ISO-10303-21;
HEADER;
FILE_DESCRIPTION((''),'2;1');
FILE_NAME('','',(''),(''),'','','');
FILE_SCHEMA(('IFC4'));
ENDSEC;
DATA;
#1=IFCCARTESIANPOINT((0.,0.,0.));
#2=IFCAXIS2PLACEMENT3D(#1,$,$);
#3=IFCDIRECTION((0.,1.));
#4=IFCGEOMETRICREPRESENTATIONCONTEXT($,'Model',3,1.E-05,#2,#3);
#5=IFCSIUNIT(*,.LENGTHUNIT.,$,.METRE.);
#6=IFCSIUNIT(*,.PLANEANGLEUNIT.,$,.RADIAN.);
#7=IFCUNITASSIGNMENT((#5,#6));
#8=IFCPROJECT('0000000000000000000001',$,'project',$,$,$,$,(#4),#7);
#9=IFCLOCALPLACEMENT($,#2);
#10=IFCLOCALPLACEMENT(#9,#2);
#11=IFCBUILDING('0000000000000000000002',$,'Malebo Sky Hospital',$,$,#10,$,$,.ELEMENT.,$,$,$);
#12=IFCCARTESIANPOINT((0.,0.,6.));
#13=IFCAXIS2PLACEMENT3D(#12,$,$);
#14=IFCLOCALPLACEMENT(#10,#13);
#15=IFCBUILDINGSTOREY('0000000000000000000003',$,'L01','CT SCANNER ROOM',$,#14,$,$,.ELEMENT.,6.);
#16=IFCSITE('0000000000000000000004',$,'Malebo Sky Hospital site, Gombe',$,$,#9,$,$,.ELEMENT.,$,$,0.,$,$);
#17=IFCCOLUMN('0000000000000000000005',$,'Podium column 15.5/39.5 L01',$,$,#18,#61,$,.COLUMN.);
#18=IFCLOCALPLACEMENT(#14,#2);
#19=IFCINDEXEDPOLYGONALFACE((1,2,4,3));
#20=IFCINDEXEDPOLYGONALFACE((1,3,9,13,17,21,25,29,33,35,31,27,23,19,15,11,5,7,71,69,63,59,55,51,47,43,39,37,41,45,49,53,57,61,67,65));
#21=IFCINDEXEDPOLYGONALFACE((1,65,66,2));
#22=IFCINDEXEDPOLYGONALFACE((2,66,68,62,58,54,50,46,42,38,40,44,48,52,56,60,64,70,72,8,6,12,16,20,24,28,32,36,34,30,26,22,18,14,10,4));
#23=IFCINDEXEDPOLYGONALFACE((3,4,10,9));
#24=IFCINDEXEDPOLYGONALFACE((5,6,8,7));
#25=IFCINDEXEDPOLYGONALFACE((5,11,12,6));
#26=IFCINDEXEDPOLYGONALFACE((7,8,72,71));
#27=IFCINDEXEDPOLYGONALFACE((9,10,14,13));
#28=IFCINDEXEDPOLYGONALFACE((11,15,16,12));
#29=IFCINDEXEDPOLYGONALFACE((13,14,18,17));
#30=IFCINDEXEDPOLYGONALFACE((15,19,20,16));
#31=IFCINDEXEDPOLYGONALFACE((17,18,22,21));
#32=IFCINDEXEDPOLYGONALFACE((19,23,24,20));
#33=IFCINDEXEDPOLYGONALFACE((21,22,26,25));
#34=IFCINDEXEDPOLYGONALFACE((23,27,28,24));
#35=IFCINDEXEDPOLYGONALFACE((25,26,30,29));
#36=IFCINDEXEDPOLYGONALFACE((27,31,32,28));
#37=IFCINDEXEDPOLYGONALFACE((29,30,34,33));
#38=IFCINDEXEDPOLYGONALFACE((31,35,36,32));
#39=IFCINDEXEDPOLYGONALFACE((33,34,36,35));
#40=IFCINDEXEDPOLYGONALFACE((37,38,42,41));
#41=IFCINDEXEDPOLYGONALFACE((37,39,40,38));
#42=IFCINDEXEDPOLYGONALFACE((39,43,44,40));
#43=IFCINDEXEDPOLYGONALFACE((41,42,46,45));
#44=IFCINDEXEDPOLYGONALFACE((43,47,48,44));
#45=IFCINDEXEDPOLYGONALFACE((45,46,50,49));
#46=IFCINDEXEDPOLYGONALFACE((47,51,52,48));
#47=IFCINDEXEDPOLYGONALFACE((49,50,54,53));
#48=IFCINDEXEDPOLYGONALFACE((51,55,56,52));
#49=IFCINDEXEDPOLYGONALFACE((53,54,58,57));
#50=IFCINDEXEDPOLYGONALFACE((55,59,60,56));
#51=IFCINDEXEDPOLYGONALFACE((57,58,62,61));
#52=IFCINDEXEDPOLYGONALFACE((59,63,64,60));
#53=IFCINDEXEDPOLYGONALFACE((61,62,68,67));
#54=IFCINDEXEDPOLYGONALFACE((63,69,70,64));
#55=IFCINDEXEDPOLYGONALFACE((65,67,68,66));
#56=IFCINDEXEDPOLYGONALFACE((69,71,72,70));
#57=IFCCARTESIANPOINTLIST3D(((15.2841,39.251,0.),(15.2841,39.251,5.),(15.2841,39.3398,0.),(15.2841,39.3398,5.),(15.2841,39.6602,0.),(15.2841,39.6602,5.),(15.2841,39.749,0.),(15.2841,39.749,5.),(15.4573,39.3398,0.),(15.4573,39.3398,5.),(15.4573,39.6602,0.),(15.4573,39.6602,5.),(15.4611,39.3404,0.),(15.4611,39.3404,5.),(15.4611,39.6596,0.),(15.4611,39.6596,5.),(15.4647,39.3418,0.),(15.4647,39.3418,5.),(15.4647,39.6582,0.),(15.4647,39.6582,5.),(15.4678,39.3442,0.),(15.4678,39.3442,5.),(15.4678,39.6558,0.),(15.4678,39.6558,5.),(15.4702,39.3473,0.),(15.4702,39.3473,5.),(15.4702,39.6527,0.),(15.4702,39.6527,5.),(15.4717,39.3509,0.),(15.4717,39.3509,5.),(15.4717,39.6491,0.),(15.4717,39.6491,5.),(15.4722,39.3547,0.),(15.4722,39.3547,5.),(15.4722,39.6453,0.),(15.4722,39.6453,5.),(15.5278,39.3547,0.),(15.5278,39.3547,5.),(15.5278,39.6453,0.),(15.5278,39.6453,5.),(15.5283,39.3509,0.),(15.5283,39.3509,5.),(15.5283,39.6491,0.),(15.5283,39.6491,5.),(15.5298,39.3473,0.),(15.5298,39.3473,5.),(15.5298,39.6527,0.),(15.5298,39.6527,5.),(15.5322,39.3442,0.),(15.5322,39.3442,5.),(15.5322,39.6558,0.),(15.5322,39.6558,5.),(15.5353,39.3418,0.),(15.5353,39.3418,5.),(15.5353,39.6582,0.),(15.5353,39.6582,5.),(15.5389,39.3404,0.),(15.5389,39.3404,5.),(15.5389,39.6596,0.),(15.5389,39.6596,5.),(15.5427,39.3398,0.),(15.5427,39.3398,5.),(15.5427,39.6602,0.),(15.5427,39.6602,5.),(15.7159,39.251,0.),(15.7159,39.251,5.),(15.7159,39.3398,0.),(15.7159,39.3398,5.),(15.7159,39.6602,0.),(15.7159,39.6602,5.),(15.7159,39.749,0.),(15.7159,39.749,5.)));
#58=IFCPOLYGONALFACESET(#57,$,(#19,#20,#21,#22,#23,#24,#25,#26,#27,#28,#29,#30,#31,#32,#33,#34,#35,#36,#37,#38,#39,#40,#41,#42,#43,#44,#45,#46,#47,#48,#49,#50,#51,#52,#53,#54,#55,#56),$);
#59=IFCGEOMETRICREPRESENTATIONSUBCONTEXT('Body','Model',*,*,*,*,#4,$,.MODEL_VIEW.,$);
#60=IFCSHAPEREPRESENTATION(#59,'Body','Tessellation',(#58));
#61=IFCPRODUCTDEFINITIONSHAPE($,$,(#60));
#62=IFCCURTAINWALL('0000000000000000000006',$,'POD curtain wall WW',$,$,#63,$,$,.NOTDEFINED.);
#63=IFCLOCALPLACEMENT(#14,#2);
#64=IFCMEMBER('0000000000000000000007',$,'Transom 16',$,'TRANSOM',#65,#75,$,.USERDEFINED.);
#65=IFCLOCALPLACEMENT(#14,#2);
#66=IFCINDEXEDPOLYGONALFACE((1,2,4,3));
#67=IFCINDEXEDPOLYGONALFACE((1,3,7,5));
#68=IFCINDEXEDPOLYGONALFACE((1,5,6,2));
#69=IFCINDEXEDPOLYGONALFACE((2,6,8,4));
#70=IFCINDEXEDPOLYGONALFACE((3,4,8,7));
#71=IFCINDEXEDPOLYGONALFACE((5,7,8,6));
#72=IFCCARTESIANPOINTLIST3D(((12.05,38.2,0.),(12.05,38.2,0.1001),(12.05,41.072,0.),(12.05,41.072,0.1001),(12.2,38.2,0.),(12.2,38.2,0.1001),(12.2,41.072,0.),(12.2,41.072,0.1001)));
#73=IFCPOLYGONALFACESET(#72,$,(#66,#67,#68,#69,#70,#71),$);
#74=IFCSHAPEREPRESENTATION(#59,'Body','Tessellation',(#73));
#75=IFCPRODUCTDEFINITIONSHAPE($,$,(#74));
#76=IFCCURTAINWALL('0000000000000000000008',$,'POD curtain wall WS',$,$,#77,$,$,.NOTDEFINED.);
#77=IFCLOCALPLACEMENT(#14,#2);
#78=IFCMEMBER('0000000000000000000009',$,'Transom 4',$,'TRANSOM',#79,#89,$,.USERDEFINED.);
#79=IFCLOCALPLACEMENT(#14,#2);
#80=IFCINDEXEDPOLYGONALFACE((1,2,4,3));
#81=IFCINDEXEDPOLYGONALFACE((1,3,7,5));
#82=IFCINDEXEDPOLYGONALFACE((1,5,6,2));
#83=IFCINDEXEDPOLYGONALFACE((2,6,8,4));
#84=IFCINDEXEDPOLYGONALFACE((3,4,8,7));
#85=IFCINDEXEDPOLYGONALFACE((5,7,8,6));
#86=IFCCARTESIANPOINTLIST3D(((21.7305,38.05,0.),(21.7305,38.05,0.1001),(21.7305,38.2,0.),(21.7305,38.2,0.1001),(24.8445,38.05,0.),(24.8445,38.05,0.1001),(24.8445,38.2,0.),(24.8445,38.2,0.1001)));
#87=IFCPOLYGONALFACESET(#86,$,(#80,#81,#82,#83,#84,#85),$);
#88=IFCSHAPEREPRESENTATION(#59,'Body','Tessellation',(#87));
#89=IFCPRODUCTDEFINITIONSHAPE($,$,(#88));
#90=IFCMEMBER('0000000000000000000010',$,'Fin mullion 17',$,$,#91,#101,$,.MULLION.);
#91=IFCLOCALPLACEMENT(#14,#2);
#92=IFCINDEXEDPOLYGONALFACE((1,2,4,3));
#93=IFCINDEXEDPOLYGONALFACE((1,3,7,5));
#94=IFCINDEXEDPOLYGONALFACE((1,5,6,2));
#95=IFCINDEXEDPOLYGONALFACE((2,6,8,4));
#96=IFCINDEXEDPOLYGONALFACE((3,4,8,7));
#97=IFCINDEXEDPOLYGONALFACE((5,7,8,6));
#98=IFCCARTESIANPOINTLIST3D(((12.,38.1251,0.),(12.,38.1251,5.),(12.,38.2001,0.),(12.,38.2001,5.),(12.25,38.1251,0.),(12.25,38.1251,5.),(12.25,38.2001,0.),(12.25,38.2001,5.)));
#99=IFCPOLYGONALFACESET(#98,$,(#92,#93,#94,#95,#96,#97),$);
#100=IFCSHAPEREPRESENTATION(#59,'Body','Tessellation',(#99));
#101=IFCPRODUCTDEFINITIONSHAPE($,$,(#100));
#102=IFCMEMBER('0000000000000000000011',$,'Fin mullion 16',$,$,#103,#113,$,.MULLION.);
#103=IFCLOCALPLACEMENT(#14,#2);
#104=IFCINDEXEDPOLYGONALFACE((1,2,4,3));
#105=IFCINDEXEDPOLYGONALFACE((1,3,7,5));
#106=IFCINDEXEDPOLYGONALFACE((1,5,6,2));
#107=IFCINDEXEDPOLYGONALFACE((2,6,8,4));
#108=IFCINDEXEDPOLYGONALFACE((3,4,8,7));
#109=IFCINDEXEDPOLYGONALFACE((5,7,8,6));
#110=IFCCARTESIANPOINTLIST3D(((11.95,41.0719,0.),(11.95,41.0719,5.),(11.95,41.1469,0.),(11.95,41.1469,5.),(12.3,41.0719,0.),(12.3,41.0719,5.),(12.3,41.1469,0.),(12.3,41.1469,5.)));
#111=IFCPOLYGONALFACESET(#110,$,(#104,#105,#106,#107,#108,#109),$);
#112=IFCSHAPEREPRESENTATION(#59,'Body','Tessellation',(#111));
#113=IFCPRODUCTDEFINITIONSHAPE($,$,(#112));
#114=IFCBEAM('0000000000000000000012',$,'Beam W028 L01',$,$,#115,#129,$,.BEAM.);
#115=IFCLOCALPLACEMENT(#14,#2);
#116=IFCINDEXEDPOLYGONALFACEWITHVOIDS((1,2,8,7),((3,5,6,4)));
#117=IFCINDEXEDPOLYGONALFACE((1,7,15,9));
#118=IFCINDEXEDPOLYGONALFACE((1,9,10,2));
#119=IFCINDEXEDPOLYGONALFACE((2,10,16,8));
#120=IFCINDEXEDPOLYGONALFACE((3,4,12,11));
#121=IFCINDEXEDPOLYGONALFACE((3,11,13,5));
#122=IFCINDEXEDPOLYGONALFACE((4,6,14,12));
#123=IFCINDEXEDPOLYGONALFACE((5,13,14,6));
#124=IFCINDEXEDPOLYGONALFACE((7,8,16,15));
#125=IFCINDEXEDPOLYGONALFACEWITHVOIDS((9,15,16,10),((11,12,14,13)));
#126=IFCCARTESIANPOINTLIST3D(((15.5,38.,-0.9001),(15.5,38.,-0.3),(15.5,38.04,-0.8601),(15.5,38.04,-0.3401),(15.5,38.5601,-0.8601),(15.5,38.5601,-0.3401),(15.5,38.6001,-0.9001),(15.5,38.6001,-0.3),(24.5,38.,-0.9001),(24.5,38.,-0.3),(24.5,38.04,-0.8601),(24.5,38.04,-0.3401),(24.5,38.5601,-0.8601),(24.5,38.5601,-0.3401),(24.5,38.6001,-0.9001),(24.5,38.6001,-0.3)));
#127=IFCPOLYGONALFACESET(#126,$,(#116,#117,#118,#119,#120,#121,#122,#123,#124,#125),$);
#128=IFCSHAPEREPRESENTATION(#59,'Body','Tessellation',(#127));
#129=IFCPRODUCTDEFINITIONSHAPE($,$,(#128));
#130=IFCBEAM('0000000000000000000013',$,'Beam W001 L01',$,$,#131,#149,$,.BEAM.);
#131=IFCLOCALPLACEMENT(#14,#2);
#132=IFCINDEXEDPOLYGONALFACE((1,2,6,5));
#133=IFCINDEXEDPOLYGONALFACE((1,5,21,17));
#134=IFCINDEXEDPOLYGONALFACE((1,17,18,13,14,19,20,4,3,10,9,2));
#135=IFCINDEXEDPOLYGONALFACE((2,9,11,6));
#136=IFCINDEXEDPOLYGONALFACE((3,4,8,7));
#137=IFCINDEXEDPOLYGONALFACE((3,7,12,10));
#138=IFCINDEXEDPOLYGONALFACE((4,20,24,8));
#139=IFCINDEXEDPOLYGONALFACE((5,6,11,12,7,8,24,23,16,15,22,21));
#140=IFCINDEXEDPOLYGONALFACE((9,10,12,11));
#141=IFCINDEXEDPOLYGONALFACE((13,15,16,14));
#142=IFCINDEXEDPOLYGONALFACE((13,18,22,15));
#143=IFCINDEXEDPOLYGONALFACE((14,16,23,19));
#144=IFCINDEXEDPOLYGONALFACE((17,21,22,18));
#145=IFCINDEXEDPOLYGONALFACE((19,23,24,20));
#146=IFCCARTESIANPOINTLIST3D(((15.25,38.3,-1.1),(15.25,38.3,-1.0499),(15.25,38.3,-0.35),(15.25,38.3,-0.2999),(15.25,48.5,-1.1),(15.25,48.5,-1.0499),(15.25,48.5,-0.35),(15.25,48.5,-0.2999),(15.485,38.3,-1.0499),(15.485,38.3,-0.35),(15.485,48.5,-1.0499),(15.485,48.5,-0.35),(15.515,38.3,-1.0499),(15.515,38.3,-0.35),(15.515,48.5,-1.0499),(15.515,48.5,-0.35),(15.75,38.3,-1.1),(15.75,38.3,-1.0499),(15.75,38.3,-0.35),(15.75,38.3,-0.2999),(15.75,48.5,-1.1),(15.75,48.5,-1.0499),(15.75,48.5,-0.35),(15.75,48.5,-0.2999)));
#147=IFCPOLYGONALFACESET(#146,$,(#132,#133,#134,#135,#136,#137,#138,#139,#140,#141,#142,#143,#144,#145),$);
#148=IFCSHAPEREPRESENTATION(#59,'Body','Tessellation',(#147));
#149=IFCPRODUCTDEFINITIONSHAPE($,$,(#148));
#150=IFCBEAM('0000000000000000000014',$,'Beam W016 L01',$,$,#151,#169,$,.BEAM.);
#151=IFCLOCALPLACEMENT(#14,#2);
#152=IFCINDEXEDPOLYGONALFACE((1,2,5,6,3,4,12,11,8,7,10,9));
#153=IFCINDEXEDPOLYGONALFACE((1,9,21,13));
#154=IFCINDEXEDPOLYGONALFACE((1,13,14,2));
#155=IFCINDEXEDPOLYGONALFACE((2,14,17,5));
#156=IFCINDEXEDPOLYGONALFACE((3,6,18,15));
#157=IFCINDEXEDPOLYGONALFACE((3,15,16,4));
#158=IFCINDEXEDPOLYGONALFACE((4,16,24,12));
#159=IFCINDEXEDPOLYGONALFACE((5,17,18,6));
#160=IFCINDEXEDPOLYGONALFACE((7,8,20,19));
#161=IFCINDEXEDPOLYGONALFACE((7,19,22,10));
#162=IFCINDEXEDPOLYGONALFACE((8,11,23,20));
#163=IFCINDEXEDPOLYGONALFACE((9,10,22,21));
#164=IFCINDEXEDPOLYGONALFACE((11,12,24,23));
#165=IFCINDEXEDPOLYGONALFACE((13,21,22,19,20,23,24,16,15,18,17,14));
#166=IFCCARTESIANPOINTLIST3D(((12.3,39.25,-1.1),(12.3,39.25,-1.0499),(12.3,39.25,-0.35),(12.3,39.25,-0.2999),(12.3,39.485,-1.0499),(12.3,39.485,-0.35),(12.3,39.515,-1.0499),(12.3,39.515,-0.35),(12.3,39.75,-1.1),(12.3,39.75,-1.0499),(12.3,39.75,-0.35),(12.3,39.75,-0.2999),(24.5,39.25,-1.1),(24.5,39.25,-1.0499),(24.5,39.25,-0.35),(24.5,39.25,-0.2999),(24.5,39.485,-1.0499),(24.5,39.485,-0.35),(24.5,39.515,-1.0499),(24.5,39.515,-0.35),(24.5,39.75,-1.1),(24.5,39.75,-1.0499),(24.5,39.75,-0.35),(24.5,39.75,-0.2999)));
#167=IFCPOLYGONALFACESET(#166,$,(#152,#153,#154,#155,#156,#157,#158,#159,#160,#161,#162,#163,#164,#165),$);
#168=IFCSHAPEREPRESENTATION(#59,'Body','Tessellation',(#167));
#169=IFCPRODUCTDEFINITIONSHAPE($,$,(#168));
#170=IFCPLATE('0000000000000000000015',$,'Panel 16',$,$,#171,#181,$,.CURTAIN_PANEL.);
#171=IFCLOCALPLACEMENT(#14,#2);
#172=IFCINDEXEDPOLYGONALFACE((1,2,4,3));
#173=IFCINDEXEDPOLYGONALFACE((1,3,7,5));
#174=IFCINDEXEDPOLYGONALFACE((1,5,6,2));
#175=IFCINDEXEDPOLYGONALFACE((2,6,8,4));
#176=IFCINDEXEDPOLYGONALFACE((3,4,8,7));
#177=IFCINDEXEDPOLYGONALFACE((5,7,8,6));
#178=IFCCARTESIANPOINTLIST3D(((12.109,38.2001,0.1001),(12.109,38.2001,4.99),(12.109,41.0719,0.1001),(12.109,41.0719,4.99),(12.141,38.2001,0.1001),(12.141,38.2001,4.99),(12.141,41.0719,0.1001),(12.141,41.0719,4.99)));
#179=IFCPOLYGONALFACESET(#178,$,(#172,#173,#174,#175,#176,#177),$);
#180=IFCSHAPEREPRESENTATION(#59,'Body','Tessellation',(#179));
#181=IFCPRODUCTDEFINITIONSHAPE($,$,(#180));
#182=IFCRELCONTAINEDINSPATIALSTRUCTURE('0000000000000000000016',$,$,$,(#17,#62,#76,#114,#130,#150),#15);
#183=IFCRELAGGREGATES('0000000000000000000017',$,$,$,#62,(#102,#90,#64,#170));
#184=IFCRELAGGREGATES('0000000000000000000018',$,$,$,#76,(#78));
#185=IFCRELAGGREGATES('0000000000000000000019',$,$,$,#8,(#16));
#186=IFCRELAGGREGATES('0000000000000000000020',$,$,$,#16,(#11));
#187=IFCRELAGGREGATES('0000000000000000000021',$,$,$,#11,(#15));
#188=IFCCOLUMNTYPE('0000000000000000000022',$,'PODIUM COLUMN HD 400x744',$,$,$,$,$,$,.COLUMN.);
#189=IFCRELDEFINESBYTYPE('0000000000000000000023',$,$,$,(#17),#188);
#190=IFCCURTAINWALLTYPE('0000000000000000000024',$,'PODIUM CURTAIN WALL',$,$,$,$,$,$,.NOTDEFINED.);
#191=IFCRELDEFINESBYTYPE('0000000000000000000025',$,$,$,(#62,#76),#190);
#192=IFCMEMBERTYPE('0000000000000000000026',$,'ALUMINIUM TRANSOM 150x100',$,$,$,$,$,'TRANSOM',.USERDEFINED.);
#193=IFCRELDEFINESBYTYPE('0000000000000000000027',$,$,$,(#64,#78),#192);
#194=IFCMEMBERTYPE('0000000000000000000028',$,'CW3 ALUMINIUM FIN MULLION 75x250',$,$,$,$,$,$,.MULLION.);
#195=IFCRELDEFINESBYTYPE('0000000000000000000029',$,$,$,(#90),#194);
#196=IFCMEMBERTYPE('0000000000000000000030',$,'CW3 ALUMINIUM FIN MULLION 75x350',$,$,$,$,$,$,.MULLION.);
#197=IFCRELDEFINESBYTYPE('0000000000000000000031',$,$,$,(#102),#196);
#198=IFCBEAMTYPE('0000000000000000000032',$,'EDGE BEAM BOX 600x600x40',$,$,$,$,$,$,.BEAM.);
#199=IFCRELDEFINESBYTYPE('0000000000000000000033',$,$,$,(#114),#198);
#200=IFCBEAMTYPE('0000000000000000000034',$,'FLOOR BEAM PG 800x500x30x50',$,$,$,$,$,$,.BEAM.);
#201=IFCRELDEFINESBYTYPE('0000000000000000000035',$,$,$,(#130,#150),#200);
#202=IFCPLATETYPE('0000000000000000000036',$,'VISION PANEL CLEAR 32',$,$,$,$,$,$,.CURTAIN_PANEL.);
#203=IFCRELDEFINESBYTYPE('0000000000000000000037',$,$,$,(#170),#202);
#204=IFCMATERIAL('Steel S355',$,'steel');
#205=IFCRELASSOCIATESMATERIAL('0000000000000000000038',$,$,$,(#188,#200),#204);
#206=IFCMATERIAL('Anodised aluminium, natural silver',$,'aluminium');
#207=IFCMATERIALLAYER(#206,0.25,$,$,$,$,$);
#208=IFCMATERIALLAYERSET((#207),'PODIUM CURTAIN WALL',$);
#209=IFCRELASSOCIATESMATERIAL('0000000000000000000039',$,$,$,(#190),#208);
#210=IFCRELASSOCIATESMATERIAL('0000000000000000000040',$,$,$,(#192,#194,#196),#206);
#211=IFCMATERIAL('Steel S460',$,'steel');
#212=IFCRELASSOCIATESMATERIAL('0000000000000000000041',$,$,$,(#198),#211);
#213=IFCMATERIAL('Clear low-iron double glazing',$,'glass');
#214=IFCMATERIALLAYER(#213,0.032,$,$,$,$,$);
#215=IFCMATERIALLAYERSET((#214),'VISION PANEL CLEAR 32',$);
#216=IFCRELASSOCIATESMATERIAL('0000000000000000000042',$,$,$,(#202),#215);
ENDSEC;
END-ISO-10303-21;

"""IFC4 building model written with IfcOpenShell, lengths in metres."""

from ifc_helpers import new_model, si_unit, direction, frame, origin, origin_2d, place, context, subcontext, project, spatial, rectangle, hollow_rectangle, i_section, extrude, material, layer, layer_set, material_profile, profile_set, type_object, element, aggregate, save


model = new_model("IFC4")

# Units and contexts
model_context = context("Model", 3, precision=1e-05, world=origin(), true_north=direction((0.0, 1.0)))
body_context = subcontext(model_context, "Body", "Model", "MODEL_VIEW")
ifc_project = project(units=[si_unit("LENGTHUNIT", "METRE"), si_unit("PLANEANGLEUNIT", "RADIAN")], contexts=[model_context])

# Site, building, storey
site_placement = place(None, origin())
site = spatial("IfcSite", under=ifc_project, at=site_placement, Name="Malebo Sky Hospital site, Gombe", CompositionType="ELEMENT", RefElevation=0.0)
building_placement = place(site_placement, origin())
building = spatial("IfcBuilding", under=site, at=building_placement, Name="Malebo Sky Hospital", CompositionType="ELEMENT")
storey_placement = place(building_placement, frame((0.0, 0.0, 6.0)))
storey = spatial("IfcBuildingStorey", under=building, at=storey_placement, Name="L01", Description="CT SCANNER ROOM", CompositionType="ELEMENT", Elevation=6.0)

# Column
ifc_material_1 = material(Name="Steel S355", Category="steel")
ifc_material_profile_1 = material_profile(ifc_material_1, i_section(OverallWidth=0.4319, OverallDepth=0.498, WebThickness=0.0557, FlangeThickness=0.0889, FilletRadius=0.0149, at=origin_2d()), Name="HD 400x744")
ifc_profile_set_1 = profile_set([ifc_material_profile_1], Name="Steel S355")
column_type = type_object("IfcColumnType", Name="PODIUM COLUMN HD 400x744", PredefinedType="COLUMN", material=ifc_profile_set_1)
column_placement = place(storey_placement, frame((15.5, 39.5, 0.0), z_axis=(0.0, 0.0, 1.0), x_axis=(1.0, 0.0, 0.0)))
element("IfcColumn", 1, at=column_placement, inside=storey, type_object=column_type, Name="Podium column 15.5/39.5 L01", PredefinedType="COLUMN", context=body_context, shape_type="SweptSolid", body=[
    extrude(i_section(OverallWidth=0.4319, OverallDepth=0.498, WebThickness=0.0557, FlangeThickness=0.0889, FilletRadius=0.0149, at=origin_2d()), origin(), (0.0, 0.0, 1.0), 5.0),
])

# Curtain walls, members
ifc_material_2 = material(Name="Anodised aluminium, natural silver", Category="aluminium")
ifc_layer_1 = layer(ifc_material_2, 0.25)
ifc_layer_set_1 = layer_set([ifc_layer_1], Name="PODIUM CURTAIN WALL")
curtain_wall_type = type_object("IfcCurtainWallType", Name="PODIUM CURTAIN WALL", PredefinedType="NOTDEFINED", material=ifc_layer_set_1)
curtain_wall_1_placement = place(storey_placement, origin())
curtain_wall_1 = element("IfcCurtainWall", 2, at=curtain_wall_1_placement, inside=storey, type_object=curtain_wall_type, Name="POD curtain wall WW", PredefinedType="NOTDEFINED")
ifc_material_profile_2 = material_profile(ifc_material_2, rectangle(XDim=0.1499, YDim=0.1001, at=origin_2d()), Name="ALUMINIUM TRANSOM 150x100")
ifc_profile_set_2 = profile_set([ifc_material_profile_2], Name="Anodised aluminium, natural silver")
member_type_1 = type_object("IfcMemberType", Name="ALUMINIUM TRANSOM 150x100", ElementType="TRANSOM", PredefinedType="USERDEFINED", material=ifc_profile_set_2)
member_1_placement = place(storey_placement, frame((12.125, 41.072, 0.05), z_axis=(0.0, -1.0, 0.0), x_axis=(1.0, 0.0, 0.0)))
member_1 = element("IfcMember", 3, at=member_1_placement, type_object=member_type_1, Name="Transom 16", ObjectType="TRANSOM", PredefinedType="USERDEFINED", context=body_context, shape_type="SweptSolid", body=[
    extrude(rectangle(XDim=0.1499, YDim=0.1001, at=origin_2d()), origin(), (0.0, 0.0, 1.0), 2.8721),
])
curtain_wall_2_placement = place(storey_placement, origin())
curtain_wall_2 = element("IfcCurtainWall", 4, at=curtain_wall_2_placement, inside=storey, type_object=curtain_wall_type, Name="POD curtain wall WS", PredefinedType="NOTDEFINED")
member_2_placement = place(storey_placement, frame((21.7305, 38.125, 0.05), z_axis=(1.0, 0.0, 0.0), x_axis=(0.0, 1.0, 0.0)))
member_2 = element("IfcMember", 5, at=member_2_placement, type_object=member_type_1, Name="Transom 4", ObjectType="TRANSOM", PredefinedType="USERDEFINED", context=body_context, shape_type="SweptSolid", body=[
    extrude(rectangle(XDim=0.1499, YDim=0.1001, at=origin_2d()), origin(), (0.0, 0.0, 1.0), 3.114),
])

# Members
ifc_material_profile_3 = material_profile(ifc_material_2, rectangle(XDim=0.075, YDim=0.25, at=origin_2d()), Name="CW3 ALUMINIUM FIN MULLION 75x250")
ifc_profile_set_3 = profile_set([ifc_material_profile_3], Name="Anodised aluminium, natural silver")
member_type_2 = type_object("IfcMemberType", Name="CW3 ALUMINIUM FIN MULLION 75x250", PredefinedType="MULLION", material=ifc_profile_set_3)
member_3_placement = place(storey_placement, frame((12.125, 38.1626, 0.0), z_axis=(0.0, 0.0, 1.0), x_axis=(0.0, -1.0, 0.0)))
member_3 = element("IfcMember", 6, at=member_3_placement, type_object=member_type_2, Name="Fin mullion 17", PredefinedType="MULLION", context=body_context, shape_type="SweptSolid", body=[
    extrude(rectangle(XDim=0.075, YDim=0.25, at=origin_2d()), origin(), (0.0, 0.0, 1.0), 5.0),
])
ifc_material_profile_4 = material_profile(ifc_material_2, rectangle(XDim=0.075, YDim=0.3501, at=origin_2d()), Name="CW3 ALUMINIUM FIN MULLION 75x350")
ifc_profile_set_4 = profile_set([ifc_material_profile_4], Name="Anodised aluminium, natural silver")
member_type_3 = type_object("IfcMemberType", Name="CW3 ALUMINIUM FIN MULLION 75x350", PredefinedType="MULLION", material=ifc_profile_set_4)
member_4_placement = place(storey_placement, frame((12.125, 41.1094, 0.0), z_axis=(0.0, 0.0, 1.0), x_axis=(0.0, -1.0, 0.0)))
member_4 = element("IfcMember", 7, at=member_4_placement, type_object=member_type_3, Name="Fin mullion 16", PredefinedType="MULLION", context=body_context, shape_type="SweptSolid", body=[
    extrude(rectangle(XDim=0.075, YDim=0.3501, at=origin_2d()), origin(), (0.0, 0.0, 1.0), 5.0),
])

# Beams
ifc_material_3 = material(Name="Steel S460", Category="steel")
ifc_material_profile_5 = material_profile(ifc_material_3, hollow_rectangle(XDim=0.6001, YDim=0.6001, WallThickness=0.04, at=origin_2d()), Name="BOX 600x600x40")
ifc_profile_set_5 = profile_set([ifc_material_profile_5], Name="Steel S460")
beam_type_1 = type_object("IfcBeamType", Name="EDGE BEAM BOX 600x600x40", PredefinedType="BEAM", material=ifc_profile_set_5)
beam_1_placement = place(storey_placement, frame((15.5, 38.3, -0.6001), z_axis=(1.0, 0.0, 0.0), x_axis=(0.0, 1.0, 0.0)))
element("IfcBeam", 8, at=beam_1_placement, inside=storey, type_object=beam_type_1, Name="Beam W028 L01", PredefinedType="BEAM", context=body_context, shape_type="SweptSolid", body=[
    extrude(hollow_rectangle(XDim=0.6001, YDim=0.6001, WallThickness=0.04, at=origin_2d()), origin(), (0.0, 0.0, 1.0), 9.0),
])
ifc_material_profile_6 = material_profile(ifc_material_1, i_section(OverallWidth=0.5, OverallDepth=0.8, WebThickness=0.03, FlangeThickness=0.05, at=origin_2d()), Name="PG 800x500x30x50")
ifc_profile_set_6 = profile_set([ifc_material_profile_6], Name="Steel S355")
beam_type_2 = type_object("IfcBeamType", Name="FLOOR BEAM PG 800x500x30x50", PredefinedType="BEAM", material=ifc_profile_set_6)
beam_2_placement = place(storey_placement, frame((15.5, 38.3, -0.7), z_axis=(0.0, 1.0, 0.0), x_axis=(-1.0, 0.0, 0.0)))
element("IfcBeam", 9, at=beam_2_placement, inside=storey, type_object=beam_type_2, Name="Beam W001 L01", PredefinedType="BEAM", context=body_context, shape_type="SweptSolid", body=[
    extrude(i_section(OverallWidth=0.5, OverallDepth=0.8, WebThickness=0.03, FlangeThickness=0.05, at=origin_2d()), origin(), (0.0, 0.0, 1.0), 10.2),
])
beam_3_placement = place(storey_placement, frame((12.3, 39.5, -0.7), z_axis=(1.0, 0.0, 0.0), x_axis=(0.0, 1.0, 0.0)))
element("IfcBeam", 10, at=beam_3_placement, inside=storey, type_object=beam_type_2, Name="Beam W016 L01", PredefinedType="BEAM", context=body_context, shape_type="SweptSolid", body=[
    extrude(i_section(OverallWidth=0.5, OverallDepth=0.8, WebThickness=0.03, FlangeThickness=0.05, at=origin_2d()), origin(), (0.0, 0.0, 1.0), 12.2),
])

# Plate
ifc_material_4 = material(Name="Clear low-iron double glazing", Category="glass")
ifc_layer_2 = layer(ifc_material_4, 0.032)
ifc_layer_set_2 = layer_set([ifc_layer_2], Name="VISION PANEL CLEAR 32")
plate_type = type_object("IfcPlateType", Name="VISION PANEL CLEAR 32", PredefinedType="CURTAIN_PANEL", material=ifc_layer_set_2)
plate_1_placement = place(storey_placement, frame((12.125, 39.636, 0.1001), z_axis=(0.0, 0.0, 1.0), x_axis=(0.0, -1.0, 0.0)))
plate_1 = element("IfcPlate", 11, at=plate_1_placement, type_object=plate_type, Name="Panel 16", PredefinedType="CURTAIN_PANEL", context=body_context, shape_type="SweptSolid", body=[
    extrude(rectangle(XDim=2.8718, YDim=0.032, at=origin_2d()), origin(), (0.0, 0.0, 1.0), 4.8899),
])
aggregate(curtain_wall_1, [member_4, member_3, member_1, plate_1])
aggregate(curtain_wall_2, [member_2])

save(model, "model.ifc")
